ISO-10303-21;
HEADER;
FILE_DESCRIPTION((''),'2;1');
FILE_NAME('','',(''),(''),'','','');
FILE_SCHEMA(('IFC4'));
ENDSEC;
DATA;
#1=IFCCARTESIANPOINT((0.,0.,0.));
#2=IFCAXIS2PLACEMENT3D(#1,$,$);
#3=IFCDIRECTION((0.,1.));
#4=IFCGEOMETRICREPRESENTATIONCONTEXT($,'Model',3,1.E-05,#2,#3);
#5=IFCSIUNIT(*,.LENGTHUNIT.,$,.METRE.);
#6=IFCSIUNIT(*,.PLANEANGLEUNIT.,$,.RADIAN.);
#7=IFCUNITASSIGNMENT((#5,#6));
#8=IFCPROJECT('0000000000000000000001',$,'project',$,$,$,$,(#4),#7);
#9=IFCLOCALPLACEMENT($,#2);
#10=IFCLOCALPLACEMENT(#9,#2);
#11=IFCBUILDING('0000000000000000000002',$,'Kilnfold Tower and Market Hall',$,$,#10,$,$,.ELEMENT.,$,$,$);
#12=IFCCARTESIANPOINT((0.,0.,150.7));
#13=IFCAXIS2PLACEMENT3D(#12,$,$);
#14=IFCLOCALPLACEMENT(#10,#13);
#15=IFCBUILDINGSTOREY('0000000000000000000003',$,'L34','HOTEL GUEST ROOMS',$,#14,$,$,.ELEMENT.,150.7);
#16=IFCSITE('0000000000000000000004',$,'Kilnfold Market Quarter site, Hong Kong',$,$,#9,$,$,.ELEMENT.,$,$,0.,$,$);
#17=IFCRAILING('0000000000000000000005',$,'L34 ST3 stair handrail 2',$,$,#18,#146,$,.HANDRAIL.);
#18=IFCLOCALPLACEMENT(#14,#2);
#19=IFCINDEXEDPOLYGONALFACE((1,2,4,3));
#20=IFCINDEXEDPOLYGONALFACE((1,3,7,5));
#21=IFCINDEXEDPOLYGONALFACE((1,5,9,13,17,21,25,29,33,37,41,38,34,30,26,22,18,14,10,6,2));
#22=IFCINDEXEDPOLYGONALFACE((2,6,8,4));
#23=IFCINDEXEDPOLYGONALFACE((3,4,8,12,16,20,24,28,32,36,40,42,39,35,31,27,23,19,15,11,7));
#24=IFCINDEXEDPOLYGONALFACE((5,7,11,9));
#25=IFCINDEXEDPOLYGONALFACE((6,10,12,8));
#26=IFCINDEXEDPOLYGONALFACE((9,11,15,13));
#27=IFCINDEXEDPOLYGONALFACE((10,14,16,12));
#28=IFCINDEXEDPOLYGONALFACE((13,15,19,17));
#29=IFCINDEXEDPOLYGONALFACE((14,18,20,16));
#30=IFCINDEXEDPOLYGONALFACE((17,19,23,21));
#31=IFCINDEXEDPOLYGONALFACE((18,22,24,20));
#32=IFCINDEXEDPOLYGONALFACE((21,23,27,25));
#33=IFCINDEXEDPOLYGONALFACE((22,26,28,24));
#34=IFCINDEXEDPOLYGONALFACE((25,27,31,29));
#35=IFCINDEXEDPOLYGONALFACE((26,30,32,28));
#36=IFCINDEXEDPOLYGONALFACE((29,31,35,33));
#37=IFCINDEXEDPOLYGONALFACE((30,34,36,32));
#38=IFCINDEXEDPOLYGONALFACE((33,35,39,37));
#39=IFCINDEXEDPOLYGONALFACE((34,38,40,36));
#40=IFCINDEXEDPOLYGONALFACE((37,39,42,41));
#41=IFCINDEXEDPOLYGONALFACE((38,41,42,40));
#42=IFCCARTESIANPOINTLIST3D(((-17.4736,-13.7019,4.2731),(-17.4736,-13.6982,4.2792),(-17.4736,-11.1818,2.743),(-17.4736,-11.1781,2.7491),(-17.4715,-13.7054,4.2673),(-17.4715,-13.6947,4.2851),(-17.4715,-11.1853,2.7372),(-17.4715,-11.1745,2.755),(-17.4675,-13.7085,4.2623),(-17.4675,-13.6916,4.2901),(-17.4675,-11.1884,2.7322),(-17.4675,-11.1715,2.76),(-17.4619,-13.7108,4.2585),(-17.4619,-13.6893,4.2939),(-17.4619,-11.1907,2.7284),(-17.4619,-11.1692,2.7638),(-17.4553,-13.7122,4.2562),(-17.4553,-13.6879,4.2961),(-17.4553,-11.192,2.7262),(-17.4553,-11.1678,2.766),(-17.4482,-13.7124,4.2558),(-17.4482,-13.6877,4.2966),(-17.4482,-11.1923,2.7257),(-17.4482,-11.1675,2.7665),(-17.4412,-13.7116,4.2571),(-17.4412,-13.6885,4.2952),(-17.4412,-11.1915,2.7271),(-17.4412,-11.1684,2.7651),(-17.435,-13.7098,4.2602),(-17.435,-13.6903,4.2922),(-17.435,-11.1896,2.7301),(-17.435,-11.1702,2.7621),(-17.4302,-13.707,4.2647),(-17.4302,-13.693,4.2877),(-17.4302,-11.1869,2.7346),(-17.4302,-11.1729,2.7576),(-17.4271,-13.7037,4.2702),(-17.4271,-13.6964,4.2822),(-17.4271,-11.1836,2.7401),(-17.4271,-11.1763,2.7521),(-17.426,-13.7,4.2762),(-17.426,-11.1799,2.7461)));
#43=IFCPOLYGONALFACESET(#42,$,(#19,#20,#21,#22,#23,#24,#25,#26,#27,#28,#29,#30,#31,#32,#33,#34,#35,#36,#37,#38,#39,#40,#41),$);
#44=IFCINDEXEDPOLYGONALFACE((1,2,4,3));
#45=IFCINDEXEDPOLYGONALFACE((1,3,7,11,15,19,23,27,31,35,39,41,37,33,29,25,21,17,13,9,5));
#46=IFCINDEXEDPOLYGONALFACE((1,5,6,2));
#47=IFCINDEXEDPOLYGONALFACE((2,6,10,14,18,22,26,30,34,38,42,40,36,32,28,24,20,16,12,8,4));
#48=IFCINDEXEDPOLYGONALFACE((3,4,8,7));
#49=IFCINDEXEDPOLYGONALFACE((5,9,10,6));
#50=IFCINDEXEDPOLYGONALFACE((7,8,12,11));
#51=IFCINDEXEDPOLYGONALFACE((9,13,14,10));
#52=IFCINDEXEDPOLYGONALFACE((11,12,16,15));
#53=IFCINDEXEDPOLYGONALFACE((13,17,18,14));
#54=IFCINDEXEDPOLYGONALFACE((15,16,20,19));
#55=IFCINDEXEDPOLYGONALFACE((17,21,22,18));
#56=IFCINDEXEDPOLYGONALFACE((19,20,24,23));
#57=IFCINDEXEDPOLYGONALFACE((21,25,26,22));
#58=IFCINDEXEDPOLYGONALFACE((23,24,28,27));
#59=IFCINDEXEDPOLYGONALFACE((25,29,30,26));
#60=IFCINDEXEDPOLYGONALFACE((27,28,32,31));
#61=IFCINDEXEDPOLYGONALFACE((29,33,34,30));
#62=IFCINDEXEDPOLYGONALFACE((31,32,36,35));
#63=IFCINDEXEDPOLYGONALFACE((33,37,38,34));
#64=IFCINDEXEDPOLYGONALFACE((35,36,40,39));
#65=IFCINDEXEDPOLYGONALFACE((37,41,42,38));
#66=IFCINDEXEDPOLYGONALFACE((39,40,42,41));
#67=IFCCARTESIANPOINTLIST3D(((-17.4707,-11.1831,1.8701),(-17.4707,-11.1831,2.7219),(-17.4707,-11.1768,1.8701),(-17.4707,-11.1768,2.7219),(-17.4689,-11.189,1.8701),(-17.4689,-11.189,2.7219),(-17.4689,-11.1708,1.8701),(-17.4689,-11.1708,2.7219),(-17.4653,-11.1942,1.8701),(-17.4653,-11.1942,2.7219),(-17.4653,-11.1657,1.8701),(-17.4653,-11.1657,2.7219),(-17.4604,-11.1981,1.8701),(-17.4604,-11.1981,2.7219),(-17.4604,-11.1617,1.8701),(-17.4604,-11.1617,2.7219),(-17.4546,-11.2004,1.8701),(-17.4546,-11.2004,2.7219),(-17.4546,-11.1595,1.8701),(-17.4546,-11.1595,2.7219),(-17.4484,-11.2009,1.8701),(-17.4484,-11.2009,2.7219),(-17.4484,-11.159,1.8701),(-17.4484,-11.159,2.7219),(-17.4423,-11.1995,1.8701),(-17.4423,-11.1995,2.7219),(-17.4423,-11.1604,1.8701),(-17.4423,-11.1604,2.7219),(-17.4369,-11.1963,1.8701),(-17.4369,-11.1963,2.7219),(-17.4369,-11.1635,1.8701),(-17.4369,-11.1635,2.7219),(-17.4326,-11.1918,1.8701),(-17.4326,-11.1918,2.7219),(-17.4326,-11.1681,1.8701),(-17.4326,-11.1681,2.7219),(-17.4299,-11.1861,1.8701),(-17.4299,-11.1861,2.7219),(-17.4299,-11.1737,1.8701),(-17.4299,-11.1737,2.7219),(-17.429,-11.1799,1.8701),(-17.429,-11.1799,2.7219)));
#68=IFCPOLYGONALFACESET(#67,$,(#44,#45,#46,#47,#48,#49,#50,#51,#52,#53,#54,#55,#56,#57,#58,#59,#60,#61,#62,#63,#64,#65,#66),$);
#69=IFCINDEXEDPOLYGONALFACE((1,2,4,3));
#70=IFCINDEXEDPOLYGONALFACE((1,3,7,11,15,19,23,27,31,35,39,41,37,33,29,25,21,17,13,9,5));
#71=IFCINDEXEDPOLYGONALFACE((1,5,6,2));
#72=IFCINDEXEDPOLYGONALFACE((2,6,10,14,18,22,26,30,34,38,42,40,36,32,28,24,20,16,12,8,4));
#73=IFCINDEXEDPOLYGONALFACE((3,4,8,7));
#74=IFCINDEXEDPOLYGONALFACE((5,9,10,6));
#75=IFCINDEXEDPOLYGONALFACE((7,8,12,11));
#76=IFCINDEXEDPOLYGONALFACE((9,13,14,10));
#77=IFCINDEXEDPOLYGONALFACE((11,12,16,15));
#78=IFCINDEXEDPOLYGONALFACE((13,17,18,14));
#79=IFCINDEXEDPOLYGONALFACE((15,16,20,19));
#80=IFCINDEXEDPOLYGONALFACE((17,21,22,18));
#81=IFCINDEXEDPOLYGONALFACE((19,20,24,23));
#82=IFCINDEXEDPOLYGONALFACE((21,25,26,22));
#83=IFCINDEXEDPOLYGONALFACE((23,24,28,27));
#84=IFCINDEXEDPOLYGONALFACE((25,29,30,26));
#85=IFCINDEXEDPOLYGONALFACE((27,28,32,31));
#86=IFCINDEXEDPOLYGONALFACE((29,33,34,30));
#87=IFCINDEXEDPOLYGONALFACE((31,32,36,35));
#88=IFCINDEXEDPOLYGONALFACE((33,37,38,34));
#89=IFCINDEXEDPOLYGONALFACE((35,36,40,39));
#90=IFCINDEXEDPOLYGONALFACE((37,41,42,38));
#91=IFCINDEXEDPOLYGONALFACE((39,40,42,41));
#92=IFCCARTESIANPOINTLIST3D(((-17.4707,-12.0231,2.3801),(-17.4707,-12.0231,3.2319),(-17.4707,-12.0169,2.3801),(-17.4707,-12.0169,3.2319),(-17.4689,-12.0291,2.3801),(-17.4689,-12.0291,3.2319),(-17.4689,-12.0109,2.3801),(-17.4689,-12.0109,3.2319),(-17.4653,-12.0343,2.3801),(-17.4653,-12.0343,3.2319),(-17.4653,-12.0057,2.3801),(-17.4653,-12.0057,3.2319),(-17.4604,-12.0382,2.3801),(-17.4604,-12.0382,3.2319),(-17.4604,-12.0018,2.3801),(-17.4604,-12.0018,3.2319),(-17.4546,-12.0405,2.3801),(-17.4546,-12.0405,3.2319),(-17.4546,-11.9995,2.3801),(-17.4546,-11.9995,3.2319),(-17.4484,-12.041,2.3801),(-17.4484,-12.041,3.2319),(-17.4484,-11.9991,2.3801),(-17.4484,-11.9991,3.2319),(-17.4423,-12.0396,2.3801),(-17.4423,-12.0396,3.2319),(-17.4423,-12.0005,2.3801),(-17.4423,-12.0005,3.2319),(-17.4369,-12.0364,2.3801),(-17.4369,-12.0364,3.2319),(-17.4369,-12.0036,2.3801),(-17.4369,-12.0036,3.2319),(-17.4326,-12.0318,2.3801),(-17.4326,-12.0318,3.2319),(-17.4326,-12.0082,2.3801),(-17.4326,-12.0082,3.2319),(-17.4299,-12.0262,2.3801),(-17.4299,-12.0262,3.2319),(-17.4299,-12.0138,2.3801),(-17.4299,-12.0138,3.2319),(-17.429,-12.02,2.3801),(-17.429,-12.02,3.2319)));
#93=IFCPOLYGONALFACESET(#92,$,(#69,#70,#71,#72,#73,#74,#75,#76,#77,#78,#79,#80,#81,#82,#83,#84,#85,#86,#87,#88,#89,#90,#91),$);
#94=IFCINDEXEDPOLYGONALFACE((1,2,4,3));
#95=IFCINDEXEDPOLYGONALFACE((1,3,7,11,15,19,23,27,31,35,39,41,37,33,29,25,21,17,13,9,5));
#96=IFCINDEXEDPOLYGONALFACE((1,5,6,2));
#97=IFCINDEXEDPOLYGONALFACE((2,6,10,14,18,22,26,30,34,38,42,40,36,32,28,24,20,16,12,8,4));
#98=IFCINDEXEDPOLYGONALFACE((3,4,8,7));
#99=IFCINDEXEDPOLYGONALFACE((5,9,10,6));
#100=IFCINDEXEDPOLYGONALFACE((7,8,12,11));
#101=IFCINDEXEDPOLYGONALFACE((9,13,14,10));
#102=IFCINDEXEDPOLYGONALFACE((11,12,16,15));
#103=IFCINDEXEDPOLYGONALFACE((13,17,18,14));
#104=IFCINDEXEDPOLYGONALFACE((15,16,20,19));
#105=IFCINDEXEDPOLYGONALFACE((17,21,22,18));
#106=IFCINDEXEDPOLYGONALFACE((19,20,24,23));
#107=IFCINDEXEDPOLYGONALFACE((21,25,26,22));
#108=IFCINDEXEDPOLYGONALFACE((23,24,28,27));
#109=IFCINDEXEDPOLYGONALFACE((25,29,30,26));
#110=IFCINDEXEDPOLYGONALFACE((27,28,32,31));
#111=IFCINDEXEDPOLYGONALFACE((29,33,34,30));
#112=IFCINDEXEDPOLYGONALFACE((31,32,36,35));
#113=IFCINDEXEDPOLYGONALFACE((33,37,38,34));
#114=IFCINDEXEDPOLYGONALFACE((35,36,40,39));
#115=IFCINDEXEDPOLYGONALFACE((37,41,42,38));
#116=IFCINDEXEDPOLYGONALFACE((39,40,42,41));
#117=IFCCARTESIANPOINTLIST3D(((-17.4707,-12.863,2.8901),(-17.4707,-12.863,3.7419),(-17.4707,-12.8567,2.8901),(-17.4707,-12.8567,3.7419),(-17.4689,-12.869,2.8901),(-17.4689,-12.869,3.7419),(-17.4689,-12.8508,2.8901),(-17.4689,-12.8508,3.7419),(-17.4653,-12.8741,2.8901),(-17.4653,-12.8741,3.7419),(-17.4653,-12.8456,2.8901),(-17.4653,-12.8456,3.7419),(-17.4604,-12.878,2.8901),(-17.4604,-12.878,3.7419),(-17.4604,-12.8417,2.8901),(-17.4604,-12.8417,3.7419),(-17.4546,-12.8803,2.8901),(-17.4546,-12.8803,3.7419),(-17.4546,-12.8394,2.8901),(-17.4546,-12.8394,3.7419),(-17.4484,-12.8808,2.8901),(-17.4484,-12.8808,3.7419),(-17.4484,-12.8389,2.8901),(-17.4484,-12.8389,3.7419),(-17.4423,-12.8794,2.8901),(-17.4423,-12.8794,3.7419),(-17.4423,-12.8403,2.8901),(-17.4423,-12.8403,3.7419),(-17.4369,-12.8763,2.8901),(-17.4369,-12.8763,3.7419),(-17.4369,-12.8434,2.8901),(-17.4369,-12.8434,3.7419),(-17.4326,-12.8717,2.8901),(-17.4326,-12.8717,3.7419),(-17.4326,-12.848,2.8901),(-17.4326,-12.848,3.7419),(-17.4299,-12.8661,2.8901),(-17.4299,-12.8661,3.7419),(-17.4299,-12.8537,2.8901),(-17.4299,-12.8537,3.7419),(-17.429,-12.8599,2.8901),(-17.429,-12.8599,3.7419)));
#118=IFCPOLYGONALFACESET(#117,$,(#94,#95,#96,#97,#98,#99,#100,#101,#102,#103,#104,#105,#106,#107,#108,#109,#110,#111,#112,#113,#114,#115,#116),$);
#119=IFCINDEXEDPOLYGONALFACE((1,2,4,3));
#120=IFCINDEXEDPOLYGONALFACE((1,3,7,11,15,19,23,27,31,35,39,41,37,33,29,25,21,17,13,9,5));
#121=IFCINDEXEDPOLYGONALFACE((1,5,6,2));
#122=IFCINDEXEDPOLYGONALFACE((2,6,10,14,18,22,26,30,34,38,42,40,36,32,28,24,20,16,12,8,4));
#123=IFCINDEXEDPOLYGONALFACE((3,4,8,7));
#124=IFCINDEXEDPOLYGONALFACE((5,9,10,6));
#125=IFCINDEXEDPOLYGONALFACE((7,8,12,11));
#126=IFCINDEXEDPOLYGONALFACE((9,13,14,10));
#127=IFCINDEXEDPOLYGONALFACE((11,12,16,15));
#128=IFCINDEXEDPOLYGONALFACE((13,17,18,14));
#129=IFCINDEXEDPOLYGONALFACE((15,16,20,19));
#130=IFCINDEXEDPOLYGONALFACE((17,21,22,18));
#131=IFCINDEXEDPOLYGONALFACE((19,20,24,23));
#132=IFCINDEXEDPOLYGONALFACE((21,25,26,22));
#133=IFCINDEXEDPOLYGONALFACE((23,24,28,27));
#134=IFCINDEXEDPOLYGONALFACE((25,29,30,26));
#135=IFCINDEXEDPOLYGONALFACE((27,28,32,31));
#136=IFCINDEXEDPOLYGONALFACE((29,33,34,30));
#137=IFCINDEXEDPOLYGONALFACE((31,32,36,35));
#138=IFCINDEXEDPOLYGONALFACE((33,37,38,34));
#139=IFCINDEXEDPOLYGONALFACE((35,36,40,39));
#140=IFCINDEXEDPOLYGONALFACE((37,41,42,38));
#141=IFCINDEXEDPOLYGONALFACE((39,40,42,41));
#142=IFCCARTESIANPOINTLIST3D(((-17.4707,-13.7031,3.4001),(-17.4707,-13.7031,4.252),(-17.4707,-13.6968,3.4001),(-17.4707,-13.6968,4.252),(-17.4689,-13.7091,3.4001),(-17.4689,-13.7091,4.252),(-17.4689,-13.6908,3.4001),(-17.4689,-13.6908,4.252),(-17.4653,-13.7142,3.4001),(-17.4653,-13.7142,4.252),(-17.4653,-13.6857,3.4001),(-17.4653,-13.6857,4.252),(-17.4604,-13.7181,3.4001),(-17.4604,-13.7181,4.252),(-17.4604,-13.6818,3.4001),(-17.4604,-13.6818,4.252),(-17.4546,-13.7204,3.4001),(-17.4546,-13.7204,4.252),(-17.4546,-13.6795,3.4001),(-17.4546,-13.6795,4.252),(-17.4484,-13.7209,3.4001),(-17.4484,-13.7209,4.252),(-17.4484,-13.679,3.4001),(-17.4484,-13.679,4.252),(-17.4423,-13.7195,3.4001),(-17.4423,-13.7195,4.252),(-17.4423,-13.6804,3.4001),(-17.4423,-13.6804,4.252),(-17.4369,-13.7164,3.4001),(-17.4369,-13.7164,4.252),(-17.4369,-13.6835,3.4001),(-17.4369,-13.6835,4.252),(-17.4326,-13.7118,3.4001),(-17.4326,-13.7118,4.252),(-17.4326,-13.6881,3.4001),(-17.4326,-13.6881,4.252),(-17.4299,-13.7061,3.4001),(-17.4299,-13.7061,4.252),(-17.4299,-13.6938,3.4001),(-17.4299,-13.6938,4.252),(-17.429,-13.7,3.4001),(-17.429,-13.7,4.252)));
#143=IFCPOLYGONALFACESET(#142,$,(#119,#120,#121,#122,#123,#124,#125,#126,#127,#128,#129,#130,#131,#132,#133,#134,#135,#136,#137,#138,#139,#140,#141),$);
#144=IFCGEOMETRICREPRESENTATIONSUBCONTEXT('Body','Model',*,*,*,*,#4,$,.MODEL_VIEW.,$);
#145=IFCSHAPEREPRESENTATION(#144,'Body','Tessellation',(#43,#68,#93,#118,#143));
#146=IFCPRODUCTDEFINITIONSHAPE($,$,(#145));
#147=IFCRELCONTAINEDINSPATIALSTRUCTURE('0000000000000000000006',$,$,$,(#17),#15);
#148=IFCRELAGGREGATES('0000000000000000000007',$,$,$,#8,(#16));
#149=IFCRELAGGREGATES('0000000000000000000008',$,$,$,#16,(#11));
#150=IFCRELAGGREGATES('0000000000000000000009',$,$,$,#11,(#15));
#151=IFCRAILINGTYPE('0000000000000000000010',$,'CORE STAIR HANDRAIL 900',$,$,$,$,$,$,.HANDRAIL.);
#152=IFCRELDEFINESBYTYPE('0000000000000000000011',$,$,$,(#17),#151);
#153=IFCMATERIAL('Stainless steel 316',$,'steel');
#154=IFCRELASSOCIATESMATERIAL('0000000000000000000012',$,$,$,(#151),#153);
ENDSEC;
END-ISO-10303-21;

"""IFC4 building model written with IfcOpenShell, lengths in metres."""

from ifc_helpers import new_model, si_unit, direction, frame, origin, origin_2d, place, context, subcontext, project, spatial, circle, extrude, material, type_object, element, save


model = new_model("IFC4")

# Units and contexts
model_context = context("Model", 3, precision=1e-05, world=origin(), true_north=direction((0.0, 1.0)))
body_context = subcontext(model_context, "Body", "Model", "MODEL_VIEW")
ifc_project = project(units=[si_unit("LENGTHUNIT", "METRE"), si_unit("PLANEANGLEUNIT", "RADIAN")], contexts=[model_context])

# Site, building, storey
site_placement = place(None, origin())
site = spatial("IfcSite", under=ifc_project, at=site_placement, Name="Kilnfold Market Quarter site, Hong Kong", CompositionType="ELEMENT", RefElevation=0.0)
building_placement = place(site_placement, origin())
building = spatial("IfcBuilding", under=site, at=building_placement, Name="Kilnfold Tower and Market Hall", CompositionType="ELEMENT")
storey_placement = place(building_placement, frame((0.0, 0.0, 150.7)))
storey = spatial("IfcBuildingStorey", under=building, at=storey_placement, Name="L34", Description="HOTEL GUEST ROOMS", CompositionType="ELEMENT", Elevation=150.7)

# Railing
ifc_material_1 = material(Name="Stainless steel 316", Category="steel")
railing_type_1 = type_object("IfcRailingType", Name="CORE STAIR HANDRAIL 900", PredefinedType="HANDRAIL", material=ifc_material_1)
railing_1_placement = place(storey_placement, frame((-17.45, -11.1799, 1.8701)))
element("IfcRailing", 1, at=railing_1_placement, inside=storey, type_object=railing_type_1, Name="L34 ST3 stair handrail 2", PredefinedType="HANDRAIL", context=body_context, shape_type="SweptSolid", body=[
    extrude(circle(Radius=0.0239, at=origin_2d()), frame((0.0, 0.0, 0.876), z_axis=(0.0, -0.854785, 0.518982), x_axis=(1.0, 0.0, 0.0)), (0.0, 0.0, 1.0), 2.9482),
    extrude(circle(Radius=0.021, at=origin_2d()), origin(), (0.0, 0.0, 1.0), 0.8518),
    extrude(circle(Radius=0.021, at=origin_2d()), frame((0.0, -0.8401, 0.51)), (0.0, 0.0, 1.0), 0.8518),
    extrude(circle(Radius=0.021, at=origin_2d()), frame((0.0, -1.6799, 1.02)), (0.0, 0.0, 1.0), 0.8518),
    extrude(circle(Radius=0.021, at=origin_2d()), frame((0.0, -2.52, 1.53)), (0.0, 0.0, 1.0), 0.8518),
])

save(model, "model.ifc")
